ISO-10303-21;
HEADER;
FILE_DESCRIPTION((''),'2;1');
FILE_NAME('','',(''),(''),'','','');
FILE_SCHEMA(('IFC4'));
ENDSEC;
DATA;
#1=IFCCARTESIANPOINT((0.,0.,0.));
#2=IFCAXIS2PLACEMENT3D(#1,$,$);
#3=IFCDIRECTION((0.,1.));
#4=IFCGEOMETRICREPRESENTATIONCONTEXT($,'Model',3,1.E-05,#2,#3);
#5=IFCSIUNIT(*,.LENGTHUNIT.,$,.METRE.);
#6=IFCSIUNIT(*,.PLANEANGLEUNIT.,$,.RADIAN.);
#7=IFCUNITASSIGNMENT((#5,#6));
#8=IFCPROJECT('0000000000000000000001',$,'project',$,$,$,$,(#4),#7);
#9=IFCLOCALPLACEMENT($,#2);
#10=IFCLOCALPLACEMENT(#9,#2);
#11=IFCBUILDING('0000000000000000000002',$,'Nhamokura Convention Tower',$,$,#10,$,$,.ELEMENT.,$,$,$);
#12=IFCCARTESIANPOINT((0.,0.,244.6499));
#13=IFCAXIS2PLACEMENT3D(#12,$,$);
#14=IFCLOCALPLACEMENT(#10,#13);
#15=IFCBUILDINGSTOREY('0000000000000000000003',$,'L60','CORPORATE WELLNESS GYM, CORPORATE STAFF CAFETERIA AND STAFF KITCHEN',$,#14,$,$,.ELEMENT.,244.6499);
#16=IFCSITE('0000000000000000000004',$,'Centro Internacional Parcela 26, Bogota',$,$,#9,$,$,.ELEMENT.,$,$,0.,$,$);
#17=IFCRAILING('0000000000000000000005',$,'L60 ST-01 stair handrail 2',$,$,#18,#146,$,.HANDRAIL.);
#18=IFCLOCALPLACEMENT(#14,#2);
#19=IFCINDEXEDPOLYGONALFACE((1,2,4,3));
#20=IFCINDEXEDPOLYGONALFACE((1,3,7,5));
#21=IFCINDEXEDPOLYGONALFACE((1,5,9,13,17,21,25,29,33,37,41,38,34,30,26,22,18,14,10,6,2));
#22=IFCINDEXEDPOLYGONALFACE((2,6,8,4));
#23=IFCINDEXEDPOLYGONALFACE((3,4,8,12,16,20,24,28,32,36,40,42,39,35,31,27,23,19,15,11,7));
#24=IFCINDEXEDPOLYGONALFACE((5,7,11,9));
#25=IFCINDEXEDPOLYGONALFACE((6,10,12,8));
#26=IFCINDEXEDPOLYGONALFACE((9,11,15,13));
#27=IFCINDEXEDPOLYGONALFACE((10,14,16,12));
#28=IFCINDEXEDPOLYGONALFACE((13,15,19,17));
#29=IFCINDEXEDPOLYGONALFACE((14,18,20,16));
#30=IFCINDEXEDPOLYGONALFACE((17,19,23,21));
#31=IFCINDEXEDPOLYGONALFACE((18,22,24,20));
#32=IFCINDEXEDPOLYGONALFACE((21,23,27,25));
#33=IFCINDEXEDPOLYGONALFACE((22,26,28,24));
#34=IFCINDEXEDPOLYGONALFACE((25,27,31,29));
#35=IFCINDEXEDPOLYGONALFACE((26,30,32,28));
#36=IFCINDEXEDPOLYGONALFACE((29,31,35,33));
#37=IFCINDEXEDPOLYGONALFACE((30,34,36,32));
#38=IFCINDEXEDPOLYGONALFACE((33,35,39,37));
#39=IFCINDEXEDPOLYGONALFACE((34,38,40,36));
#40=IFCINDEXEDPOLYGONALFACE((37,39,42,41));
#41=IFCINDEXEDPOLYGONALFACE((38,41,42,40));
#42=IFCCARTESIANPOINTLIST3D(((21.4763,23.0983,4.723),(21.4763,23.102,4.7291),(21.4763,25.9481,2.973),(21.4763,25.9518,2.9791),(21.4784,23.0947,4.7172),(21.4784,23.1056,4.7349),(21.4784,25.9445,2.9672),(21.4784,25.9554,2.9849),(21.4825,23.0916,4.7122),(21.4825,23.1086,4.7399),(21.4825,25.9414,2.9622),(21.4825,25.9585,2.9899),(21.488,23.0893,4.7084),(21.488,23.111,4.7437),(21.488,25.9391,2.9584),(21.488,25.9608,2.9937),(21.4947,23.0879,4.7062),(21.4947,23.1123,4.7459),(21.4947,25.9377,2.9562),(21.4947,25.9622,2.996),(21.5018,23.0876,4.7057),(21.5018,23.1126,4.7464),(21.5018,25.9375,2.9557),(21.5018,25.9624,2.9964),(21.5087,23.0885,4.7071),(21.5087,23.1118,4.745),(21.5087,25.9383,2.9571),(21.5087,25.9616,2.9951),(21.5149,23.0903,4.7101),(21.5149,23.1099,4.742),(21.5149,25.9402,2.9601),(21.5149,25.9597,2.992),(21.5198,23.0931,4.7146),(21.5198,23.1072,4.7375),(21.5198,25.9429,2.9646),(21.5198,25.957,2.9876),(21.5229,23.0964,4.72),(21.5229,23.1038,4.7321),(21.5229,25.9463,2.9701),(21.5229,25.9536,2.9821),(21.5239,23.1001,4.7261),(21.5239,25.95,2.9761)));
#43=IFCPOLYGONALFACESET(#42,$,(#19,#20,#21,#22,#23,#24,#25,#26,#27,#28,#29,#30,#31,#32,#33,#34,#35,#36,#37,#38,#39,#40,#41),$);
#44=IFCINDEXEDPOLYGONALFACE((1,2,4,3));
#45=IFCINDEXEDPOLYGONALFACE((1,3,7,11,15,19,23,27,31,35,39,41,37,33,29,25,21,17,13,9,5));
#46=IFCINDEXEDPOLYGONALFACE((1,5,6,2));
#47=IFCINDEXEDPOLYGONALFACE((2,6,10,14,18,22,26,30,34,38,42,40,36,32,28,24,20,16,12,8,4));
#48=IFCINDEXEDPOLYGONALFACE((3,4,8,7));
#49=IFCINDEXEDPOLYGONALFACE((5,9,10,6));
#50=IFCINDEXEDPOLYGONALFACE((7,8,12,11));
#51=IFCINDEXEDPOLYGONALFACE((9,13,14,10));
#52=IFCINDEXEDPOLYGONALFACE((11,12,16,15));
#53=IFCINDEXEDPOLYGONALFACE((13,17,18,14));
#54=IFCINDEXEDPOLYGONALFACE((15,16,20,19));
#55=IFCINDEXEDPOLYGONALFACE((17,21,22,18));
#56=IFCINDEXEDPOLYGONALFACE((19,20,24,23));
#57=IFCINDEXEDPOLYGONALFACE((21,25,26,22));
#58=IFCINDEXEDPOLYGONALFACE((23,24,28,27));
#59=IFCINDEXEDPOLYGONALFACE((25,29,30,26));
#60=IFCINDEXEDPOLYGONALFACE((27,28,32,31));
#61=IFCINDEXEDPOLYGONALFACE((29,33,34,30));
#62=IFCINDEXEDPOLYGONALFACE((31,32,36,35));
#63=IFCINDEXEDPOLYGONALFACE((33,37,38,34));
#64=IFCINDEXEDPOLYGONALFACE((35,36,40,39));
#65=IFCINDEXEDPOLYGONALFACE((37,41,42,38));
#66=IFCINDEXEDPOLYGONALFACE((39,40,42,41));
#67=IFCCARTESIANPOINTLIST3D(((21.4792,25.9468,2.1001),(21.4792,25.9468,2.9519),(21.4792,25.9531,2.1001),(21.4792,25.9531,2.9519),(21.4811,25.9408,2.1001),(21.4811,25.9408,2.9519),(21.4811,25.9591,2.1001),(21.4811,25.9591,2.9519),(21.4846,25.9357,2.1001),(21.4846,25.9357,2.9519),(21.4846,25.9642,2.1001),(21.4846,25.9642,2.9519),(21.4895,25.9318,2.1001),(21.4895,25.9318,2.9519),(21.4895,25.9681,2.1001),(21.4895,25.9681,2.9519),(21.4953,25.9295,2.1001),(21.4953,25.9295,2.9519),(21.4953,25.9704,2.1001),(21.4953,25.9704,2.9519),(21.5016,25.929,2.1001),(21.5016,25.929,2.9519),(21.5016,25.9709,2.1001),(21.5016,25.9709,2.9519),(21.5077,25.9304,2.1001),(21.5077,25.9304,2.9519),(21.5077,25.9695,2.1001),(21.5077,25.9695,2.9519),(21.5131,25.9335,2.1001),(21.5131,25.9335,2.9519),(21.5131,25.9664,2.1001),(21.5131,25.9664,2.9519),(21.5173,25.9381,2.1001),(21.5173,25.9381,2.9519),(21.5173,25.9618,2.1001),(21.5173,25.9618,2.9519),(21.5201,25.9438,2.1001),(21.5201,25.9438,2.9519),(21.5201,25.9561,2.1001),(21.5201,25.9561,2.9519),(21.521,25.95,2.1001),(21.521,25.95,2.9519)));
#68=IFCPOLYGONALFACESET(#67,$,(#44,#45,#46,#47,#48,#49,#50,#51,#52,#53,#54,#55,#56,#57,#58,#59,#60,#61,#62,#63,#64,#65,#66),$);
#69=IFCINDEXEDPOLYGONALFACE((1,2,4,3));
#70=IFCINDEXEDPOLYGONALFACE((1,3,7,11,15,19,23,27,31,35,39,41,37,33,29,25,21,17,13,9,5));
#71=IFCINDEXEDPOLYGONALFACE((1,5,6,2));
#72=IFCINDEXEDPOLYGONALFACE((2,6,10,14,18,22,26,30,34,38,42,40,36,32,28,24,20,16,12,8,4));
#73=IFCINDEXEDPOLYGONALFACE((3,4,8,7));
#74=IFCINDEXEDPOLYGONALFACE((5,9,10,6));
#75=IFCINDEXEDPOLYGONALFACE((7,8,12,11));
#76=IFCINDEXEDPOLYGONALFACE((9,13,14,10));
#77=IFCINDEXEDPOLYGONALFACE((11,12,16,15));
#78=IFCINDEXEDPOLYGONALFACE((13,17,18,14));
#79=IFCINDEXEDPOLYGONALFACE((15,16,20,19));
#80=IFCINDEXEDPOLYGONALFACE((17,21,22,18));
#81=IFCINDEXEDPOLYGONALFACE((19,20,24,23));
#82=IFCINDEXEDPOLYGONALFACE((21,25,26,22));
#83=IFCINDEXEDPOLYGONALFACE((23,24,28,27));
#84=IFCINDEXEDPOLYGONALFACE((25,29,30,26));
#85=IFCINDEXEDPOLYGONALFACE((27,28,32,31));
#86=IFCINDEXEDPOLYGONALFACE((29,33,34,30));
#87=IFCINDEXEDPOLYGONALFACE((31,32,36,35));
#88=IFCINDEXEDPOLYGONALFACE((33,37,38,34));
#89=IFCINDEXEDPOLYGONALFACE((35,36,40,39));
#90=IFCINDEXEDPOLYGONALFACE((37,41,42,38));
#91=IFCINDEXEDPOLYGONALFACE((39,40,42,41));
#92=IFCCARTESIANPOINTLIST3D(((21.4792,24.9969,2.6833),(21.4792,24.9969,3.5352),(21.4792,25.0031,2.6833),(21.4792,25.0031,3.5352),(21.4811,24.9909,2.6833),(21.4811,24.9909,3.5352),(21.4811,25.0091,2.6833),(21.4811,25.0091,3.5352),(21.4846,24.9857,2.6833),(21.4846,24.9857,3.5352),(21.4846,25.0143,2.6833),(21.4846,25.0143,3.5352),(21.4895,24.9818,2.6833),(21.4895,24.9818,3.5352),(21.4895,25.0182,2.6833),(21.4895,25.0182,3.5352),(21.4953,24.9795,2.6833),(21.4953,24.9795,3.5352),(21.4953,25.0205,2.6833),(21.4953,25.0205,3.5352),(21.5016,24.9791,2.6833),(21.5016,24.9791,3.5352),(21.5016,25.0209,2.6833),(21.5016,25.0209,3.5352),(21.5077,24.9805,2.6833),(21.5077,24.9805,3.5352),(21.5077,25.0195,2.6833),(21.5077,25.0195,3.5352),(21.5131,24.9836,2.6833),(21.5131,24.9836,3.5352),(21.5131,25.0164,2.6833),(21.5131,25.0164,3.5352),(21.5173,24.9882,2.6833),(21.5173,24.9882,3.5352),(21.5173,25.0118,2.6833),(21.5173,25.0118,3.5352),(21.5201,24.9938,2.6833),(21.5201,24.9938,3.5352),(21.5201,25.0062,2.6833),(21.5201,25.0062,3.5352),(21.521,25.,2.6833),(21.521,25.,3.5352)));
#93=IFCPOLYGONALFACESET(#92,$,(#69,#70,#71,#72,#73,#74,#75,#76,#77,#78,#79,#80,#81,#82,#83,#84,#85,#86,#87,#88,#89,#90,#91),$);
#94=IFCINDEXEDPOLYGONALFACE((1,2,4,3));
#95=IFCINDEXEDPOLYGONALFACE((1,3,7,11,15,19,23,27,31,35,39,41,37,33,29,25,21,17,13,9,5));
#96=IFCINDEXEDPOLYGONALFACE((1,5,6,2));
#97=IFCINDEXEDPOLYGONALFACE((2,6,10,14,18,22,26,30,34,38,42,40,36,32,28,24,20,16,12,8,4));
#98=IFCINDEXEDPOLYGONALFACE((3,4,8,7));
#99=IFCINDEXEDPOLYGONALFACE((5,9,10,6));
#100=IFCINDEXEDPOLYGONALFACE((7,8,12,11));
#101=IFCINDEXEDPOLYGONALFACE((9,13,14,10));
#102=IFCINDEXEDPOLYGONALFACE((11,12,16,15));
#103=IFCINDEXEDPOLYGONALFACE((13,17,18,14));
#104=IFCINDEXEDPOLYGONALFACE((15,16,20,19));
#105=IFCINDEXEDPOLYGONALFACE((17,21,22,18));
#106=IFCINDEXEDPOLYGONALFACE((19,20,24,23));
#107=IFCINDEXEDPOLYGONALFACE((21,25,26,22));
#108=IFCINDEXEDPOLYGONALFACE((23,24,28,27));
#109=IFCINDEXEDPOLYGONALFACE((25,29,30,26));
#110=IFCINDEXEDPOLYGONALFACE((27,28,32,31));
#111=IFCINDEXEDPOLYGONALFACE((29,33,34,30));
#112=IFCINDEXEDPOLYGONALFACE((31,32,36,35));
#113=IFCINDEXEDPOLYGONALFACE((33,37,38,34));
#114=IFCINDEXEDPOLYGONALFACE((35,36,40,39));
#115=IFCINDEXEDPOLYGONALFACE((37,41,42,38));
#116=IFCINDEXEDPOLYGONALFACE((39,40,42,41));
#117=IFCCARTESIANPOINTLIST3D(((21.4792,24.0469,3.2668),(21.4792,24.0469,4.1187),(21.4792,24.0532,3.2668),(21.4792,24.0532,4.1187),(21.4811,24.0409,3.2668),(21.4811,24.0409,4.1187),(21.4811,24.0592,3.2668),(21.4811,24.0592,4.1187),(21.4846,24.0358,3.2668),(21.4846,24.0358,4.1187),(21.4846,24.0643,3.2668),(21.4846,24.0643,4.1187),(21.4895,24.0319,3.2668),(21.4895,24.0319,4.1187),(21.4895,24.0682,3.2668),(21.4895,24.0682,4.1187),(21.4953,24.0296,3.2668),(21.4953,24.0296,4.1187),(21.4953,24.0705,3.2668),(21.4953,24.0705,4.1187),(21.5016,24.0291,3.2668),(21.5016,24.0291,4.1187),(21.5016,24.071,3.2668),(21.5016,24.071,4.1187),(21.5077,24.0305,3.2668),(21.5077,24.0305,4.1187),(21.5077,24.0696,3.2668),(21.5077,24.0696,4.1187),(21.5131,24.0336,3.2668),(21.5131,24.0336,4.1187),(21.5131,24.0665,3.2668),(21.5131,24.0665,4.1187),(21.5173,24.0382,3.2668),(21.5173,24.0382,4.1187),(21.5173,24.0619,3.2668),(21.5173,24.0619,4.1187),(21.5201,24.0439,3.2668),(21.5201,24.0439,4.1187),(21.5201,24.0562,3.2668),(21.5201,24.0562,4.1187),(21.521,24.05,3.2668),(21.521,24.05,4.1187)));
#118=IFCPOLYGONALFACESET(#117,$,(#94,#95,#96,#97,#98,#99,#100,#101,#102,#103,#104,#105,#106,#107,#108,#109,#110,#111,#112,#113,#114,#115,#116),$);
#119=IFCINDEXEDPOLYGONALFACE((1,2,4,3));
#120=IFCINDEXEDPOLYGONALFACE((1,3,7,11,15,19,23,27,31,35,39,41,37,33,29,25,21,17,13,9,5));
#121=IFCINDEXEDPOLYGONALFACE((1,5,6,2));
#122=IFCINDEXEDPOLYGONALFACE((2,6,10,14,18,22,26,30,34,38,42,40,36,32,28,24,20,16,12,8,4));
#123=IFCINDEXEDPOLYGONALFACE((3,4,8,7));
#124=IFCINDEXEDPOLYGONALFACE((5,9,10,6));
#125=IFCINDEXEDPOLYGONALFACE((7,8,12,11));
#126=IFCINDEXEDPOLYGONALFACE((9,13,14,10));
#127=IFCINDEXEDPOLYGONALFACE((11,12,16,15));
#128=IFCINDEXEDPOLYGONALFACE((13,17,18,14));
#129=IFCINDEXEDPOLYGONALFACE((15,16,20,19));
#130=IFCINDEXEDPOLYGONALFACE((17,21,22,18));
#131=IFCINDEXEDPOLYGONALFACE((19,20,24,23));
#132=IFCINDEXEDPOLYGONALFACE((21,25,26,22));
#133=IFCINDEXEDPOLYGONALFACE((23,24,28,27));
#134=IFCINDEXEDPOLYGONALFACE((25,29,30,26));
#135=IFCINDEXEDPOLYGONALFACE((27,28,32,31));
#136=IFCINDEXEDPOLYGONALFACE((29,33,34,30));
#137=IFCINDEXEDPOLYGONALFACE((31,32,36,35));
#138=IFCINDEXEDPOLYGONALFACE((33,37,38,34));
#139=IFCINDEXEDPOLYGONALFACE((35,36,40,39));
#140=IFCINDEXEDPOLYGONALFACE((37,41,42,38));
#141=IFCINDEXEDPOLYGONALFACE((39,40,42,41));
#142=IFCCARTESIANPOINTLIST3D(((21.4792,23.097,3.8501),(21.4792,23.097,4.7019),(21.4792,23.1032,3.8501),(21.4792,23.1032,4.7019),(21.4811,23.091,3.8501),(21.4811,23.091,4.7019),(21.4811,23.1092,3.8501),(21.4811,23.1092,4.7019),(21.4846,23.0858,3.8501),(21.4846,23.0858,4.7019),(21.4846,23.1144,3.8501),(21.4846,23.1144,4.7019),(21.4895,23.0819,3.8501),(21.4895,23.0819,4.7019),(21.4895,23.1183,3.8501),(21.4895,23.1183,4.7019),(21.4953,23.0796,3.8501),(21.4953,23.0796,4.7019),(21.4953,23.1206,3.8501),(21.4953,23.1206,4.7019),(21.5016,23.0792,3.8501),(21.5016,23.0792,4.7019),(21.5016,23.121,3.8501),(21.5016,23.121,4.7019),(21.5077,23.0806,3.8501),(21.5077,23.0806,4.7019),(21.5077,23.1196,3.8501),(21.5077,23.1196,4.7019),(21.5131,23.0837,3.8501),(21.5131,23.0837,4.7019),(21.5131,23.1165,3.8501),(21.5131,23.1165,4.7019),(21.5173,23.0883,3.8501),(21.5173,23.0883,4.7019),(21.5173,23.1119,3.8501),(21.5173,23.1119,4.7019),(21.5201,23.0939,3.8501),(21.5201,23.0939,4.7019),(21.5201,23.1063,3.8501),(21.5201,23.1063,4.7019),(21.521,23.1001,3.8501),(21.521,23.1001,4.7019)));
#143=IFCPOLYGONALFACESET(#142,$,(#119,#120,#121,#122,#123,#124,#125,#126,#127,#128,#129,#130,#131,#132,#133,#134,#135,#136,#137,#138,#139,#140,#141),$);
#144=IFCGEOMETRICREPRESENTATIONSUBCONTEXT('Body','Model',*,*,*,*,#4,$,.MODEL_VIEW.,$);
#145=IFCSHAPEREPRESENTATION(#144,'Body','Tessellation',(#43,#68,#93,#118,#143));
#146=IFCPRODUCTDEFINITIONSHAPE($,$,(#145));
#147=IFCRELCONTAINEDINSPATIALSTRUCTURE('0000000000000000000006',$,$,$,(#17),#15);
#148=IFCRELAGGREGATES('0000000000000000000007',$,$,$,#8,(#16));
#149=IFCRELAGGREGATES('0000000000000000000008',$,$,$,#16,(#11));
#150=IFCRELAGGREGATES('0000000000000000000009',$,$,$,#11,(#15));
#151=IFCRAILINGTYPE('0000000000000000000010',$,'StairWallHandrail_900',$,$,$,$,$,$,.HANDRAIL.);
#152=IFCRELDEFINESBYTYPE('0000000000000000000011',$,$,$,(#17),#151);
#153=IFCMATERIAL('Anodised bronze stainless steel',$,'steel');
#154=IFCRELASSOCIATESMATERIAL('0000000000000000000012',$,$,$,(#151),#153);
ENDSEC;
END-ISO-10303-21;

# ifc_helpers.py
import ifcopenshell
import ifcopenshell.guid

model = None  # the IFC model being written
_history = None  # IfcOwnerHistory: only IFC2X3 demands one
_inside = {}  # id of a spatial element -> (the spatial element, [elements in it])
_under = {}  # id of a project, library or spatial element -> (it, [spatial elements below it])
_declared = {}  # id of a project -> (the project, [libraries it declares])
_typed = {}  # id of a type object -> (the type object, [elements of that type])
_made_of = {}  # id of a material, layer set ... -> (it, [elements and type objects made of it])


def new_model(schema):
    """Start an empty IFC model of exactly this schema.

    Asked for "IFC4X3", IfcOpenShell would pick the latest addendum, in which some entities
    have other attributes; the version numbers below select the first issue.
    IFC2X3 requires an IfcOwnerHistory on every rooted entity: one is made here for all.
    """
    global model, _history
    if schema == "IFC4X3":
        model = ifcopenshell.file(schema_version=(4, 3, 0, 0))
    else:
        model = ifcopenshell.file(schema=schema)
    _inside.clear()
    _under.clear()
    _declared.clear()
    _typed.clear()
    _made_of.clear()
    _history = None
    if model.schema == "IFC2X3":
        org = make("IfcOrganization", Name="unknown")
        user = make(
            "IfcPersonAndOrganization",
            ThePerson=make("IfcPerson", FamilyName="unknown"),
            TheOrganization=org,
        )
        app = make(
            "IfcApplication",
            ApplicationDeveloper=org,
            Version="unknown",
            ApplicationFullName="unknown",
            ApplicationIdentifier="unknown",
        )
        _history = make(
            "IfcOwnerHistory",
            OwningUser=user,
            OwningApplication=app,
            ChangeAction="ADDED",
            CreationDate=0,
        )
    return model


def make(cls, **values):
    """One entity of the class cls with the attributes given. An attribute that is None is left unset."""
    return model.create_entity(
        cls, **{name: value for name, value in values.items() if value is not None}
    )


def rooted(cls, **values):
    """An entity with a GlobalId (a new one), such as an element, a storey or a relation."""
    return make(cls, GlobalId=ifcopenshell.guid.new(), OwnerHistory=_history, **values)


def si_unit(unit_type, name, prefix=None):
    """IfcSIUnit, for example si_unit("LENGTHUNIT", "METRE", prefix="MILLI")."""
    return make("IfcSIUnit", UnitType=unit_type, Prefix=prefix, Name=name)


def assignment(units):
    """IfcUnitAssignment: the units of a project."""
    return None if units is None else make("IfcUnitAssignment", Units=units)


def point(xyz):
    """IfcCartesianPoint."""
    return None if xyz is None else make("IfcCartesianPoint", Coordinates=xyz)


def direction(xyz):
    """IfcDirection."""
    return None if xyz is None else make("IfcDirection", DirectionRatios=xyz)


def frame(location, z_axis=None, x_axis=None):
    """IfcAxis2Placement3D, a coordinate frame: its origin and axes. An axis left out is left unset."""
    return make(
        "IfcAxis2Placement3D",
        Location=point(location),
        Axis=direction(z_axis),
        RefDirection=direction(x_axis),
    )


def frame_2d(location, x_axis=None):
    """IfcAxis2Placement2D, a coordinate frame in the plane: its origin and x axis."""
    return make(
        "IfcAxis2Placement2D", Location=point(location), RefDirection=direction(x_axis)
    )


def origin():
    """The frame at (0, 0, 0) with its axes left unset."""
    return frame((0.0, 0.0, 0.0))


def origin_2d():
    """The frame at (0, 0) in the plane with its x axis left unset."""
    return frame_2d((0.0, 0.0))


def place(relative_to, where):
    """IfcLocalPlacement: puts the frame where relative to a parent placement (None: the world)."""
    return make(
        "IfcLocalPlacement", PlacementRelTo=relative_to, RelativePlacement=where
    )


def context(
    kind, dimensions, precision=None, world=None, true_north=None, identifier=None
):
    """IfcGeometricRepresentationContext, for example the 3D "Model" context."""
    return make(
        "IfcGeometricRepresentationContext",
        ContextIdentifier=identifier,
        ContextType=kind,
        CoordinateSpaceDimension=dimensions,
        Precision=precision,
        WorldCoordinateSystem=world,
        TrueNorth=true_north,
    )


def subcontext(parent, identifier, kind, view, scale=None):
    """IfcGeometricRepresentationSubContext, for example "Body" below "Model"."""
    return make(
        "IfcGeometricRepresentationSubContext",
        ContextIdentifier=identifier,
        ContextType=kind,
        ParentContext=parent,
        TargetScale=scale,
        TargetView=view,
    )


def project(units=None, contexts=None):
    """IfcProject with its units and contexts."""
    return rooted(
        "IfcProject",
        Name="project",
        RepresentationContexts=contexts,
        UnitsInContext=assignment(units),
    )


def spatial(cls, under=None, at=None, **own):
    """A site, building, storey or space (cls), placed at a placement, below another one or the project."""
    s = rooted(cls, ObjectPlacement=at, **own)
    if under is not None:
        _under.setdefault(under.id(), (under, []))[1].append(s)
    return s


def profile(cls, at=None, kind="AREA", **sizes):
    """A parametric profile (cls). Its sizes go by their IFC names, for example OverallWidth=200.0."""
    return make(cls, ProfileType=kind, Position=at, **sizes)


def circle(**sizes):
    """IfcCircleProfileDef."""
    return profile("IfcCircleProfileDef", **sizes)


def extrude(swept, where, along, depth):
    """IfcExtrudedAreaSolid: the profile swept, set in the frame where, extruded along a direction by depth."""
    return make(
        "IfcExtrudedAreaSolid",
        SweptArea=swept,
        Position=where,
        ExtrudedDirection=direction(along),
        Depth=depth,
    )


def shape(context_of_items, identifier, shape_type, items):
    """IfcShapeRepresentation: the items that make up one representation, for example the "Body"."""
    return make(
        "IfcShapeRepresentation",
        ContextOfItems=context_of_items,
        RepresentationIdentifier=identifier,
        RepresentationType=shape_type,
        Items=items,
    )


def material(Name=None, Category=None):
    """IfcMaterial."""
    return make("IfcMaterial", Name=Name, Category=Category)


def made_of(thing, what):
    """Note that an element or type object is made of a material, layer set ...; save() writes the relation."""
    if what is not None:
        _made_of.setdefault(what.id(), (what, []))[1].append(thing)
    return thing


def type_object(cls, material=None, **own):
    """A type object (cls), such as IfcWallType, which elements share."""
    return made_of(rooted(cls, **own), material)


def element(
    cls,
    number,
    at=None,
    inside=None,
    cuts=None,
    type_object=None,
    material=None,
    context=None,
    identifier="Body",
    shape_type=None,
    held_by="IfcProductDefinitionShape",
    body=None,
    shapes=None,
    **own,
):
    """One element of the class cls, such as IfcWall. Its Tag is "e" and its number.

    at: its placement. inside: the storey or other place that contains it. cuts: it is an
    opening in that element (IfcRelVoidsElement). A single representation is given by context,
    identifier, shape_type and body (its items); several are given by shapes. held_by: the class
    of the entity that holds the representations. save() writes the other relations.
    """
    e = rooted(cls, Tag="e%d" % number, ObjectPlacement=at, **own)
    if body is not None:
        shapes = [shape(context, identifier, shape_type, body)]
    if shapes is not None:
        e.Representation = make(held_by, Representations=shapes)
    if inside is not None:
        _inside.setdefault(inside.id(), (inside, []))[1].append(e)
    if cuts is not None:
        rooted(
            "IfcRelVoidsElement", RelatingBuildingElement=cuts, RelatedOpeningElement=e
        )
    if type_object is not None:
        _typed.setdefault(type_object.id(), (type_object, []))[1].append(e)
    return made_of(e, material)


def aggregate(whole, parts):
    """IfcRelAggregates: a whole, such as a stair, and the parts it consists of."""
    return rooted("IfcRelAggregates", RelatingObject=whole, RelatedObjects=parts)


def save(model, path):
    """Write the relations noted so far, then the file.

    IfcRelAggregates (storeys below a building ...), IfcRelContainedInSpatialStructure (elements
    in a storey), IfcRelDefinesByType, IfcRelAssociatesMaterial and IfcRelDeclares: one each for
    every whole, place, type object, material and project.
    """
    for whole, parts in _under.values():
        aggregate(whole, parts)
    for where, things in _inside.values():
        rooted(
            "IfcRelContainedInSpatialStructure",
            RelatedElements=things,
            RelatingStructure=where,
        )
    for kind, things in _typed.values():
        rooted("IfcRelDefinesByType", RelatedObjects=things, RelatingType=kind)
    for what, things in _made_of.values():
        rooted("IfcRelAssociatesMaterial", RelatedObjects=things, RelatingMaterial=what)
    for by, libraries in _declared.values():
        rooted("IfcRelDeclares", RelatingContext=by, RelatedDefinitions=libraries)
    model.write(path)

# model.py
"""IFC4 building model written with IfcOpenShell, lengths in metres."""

from ifc_helpers import new_model, si_unit, direction, frame, origin, origin_2d, place, context, subcontext, project, spatial, circle, extrude, material, type_object, element, save


model = new_model("IFC4")

# Units and contexts
model_context = context("Model", 3, precision=1e-05, world=origin(), true_north=direction((0.0, 1.0)))
body_context = subcontext(model_context, "Body", "Model", "MODEL_VIEW")
ifc_project = project(units=[si_unit("LENGTHUNIT", "METRE"), si_unit("PLANEANGLEUNIT", "RADIAN")], contexts=[model_context])

# Site, building, storey
site_placement = place(None, origin())
site = spatial("IfcSite", under=ifc_project, at=site_placement, Name="Centro Internacional Parcela 26, Bogota", CompositionType="ELEMENT", RefElevation=0.0)
building_placement = place(site_placement, origin())
building = spatial("IfcBuilding", under=site, at=building_placement, Name="Nhamokura Convention Tower", CompositionType="ELEMENT")
storey_placement = place(building_placement, frame((0.0, 0.0, 244.6499)))
storey = spatial("IfcBuildingStorey", under=building, at=storey_placement, Name="L60", Description="CORPORATE WELLNESS GYM, CORPORATE STAFF CAFETERIA AND STAFF KITCHEN", CompositionType="ELEMENT", Elevation=244.6499)

# Railing
ifc_material_1 = material(Name="Anodised bronze stainless steel", Category="steel")
railing_type_1 = type_object("IfcRailingType", Name="StairWallHandrail_900", PredefinedType="HANDRAIL", material=ifc_material_1)
railing_1_placement = place(storey_placement, frame((21.5, 25.95, 2.1001)))
element("IfcRailing", 1, at=railing_1_placement, inside=storey, type_object=railing_type_1, Name="L60 ST-01 stair handrail 2", PredefinedType="HANDRAIL", context=body_context, shape_type="SweptSolid", body=[
    extrude(circle(Radius=0.0239, at=origin_2d()), frame((0.0, 0.0, 0.876), z_axis=(0.0, -0.852159, 0.523283), x_axis=(1.0, 0.0, 0.0)), (0.0, 0.0, 1.0), 3.3442),
    extrude(circle(Radius=0.021, at=origin_2d()), origin(), (0.0, 0.0, 1.0), 0.8518),
    extrude(circle(Radius=0.021, at=origin_2d()), frame((0.0, -0.95, 0.5833)), (0.0, 0.0, 1.0), 0.8518),
    extrude(circle(Radius=0.021, at=origin_2d()), frame((0.0, -1.8999, 1.1667)), (0.0, 0.0, 1.0), 0.8518),
    extrude(circle(Radius=0.021, at=origin_2d()), frame((0.0, -2.8499, 1.75)), (0.0, 0.0, 1.0), 0.8518),
])

save(model, "model.ifc")
